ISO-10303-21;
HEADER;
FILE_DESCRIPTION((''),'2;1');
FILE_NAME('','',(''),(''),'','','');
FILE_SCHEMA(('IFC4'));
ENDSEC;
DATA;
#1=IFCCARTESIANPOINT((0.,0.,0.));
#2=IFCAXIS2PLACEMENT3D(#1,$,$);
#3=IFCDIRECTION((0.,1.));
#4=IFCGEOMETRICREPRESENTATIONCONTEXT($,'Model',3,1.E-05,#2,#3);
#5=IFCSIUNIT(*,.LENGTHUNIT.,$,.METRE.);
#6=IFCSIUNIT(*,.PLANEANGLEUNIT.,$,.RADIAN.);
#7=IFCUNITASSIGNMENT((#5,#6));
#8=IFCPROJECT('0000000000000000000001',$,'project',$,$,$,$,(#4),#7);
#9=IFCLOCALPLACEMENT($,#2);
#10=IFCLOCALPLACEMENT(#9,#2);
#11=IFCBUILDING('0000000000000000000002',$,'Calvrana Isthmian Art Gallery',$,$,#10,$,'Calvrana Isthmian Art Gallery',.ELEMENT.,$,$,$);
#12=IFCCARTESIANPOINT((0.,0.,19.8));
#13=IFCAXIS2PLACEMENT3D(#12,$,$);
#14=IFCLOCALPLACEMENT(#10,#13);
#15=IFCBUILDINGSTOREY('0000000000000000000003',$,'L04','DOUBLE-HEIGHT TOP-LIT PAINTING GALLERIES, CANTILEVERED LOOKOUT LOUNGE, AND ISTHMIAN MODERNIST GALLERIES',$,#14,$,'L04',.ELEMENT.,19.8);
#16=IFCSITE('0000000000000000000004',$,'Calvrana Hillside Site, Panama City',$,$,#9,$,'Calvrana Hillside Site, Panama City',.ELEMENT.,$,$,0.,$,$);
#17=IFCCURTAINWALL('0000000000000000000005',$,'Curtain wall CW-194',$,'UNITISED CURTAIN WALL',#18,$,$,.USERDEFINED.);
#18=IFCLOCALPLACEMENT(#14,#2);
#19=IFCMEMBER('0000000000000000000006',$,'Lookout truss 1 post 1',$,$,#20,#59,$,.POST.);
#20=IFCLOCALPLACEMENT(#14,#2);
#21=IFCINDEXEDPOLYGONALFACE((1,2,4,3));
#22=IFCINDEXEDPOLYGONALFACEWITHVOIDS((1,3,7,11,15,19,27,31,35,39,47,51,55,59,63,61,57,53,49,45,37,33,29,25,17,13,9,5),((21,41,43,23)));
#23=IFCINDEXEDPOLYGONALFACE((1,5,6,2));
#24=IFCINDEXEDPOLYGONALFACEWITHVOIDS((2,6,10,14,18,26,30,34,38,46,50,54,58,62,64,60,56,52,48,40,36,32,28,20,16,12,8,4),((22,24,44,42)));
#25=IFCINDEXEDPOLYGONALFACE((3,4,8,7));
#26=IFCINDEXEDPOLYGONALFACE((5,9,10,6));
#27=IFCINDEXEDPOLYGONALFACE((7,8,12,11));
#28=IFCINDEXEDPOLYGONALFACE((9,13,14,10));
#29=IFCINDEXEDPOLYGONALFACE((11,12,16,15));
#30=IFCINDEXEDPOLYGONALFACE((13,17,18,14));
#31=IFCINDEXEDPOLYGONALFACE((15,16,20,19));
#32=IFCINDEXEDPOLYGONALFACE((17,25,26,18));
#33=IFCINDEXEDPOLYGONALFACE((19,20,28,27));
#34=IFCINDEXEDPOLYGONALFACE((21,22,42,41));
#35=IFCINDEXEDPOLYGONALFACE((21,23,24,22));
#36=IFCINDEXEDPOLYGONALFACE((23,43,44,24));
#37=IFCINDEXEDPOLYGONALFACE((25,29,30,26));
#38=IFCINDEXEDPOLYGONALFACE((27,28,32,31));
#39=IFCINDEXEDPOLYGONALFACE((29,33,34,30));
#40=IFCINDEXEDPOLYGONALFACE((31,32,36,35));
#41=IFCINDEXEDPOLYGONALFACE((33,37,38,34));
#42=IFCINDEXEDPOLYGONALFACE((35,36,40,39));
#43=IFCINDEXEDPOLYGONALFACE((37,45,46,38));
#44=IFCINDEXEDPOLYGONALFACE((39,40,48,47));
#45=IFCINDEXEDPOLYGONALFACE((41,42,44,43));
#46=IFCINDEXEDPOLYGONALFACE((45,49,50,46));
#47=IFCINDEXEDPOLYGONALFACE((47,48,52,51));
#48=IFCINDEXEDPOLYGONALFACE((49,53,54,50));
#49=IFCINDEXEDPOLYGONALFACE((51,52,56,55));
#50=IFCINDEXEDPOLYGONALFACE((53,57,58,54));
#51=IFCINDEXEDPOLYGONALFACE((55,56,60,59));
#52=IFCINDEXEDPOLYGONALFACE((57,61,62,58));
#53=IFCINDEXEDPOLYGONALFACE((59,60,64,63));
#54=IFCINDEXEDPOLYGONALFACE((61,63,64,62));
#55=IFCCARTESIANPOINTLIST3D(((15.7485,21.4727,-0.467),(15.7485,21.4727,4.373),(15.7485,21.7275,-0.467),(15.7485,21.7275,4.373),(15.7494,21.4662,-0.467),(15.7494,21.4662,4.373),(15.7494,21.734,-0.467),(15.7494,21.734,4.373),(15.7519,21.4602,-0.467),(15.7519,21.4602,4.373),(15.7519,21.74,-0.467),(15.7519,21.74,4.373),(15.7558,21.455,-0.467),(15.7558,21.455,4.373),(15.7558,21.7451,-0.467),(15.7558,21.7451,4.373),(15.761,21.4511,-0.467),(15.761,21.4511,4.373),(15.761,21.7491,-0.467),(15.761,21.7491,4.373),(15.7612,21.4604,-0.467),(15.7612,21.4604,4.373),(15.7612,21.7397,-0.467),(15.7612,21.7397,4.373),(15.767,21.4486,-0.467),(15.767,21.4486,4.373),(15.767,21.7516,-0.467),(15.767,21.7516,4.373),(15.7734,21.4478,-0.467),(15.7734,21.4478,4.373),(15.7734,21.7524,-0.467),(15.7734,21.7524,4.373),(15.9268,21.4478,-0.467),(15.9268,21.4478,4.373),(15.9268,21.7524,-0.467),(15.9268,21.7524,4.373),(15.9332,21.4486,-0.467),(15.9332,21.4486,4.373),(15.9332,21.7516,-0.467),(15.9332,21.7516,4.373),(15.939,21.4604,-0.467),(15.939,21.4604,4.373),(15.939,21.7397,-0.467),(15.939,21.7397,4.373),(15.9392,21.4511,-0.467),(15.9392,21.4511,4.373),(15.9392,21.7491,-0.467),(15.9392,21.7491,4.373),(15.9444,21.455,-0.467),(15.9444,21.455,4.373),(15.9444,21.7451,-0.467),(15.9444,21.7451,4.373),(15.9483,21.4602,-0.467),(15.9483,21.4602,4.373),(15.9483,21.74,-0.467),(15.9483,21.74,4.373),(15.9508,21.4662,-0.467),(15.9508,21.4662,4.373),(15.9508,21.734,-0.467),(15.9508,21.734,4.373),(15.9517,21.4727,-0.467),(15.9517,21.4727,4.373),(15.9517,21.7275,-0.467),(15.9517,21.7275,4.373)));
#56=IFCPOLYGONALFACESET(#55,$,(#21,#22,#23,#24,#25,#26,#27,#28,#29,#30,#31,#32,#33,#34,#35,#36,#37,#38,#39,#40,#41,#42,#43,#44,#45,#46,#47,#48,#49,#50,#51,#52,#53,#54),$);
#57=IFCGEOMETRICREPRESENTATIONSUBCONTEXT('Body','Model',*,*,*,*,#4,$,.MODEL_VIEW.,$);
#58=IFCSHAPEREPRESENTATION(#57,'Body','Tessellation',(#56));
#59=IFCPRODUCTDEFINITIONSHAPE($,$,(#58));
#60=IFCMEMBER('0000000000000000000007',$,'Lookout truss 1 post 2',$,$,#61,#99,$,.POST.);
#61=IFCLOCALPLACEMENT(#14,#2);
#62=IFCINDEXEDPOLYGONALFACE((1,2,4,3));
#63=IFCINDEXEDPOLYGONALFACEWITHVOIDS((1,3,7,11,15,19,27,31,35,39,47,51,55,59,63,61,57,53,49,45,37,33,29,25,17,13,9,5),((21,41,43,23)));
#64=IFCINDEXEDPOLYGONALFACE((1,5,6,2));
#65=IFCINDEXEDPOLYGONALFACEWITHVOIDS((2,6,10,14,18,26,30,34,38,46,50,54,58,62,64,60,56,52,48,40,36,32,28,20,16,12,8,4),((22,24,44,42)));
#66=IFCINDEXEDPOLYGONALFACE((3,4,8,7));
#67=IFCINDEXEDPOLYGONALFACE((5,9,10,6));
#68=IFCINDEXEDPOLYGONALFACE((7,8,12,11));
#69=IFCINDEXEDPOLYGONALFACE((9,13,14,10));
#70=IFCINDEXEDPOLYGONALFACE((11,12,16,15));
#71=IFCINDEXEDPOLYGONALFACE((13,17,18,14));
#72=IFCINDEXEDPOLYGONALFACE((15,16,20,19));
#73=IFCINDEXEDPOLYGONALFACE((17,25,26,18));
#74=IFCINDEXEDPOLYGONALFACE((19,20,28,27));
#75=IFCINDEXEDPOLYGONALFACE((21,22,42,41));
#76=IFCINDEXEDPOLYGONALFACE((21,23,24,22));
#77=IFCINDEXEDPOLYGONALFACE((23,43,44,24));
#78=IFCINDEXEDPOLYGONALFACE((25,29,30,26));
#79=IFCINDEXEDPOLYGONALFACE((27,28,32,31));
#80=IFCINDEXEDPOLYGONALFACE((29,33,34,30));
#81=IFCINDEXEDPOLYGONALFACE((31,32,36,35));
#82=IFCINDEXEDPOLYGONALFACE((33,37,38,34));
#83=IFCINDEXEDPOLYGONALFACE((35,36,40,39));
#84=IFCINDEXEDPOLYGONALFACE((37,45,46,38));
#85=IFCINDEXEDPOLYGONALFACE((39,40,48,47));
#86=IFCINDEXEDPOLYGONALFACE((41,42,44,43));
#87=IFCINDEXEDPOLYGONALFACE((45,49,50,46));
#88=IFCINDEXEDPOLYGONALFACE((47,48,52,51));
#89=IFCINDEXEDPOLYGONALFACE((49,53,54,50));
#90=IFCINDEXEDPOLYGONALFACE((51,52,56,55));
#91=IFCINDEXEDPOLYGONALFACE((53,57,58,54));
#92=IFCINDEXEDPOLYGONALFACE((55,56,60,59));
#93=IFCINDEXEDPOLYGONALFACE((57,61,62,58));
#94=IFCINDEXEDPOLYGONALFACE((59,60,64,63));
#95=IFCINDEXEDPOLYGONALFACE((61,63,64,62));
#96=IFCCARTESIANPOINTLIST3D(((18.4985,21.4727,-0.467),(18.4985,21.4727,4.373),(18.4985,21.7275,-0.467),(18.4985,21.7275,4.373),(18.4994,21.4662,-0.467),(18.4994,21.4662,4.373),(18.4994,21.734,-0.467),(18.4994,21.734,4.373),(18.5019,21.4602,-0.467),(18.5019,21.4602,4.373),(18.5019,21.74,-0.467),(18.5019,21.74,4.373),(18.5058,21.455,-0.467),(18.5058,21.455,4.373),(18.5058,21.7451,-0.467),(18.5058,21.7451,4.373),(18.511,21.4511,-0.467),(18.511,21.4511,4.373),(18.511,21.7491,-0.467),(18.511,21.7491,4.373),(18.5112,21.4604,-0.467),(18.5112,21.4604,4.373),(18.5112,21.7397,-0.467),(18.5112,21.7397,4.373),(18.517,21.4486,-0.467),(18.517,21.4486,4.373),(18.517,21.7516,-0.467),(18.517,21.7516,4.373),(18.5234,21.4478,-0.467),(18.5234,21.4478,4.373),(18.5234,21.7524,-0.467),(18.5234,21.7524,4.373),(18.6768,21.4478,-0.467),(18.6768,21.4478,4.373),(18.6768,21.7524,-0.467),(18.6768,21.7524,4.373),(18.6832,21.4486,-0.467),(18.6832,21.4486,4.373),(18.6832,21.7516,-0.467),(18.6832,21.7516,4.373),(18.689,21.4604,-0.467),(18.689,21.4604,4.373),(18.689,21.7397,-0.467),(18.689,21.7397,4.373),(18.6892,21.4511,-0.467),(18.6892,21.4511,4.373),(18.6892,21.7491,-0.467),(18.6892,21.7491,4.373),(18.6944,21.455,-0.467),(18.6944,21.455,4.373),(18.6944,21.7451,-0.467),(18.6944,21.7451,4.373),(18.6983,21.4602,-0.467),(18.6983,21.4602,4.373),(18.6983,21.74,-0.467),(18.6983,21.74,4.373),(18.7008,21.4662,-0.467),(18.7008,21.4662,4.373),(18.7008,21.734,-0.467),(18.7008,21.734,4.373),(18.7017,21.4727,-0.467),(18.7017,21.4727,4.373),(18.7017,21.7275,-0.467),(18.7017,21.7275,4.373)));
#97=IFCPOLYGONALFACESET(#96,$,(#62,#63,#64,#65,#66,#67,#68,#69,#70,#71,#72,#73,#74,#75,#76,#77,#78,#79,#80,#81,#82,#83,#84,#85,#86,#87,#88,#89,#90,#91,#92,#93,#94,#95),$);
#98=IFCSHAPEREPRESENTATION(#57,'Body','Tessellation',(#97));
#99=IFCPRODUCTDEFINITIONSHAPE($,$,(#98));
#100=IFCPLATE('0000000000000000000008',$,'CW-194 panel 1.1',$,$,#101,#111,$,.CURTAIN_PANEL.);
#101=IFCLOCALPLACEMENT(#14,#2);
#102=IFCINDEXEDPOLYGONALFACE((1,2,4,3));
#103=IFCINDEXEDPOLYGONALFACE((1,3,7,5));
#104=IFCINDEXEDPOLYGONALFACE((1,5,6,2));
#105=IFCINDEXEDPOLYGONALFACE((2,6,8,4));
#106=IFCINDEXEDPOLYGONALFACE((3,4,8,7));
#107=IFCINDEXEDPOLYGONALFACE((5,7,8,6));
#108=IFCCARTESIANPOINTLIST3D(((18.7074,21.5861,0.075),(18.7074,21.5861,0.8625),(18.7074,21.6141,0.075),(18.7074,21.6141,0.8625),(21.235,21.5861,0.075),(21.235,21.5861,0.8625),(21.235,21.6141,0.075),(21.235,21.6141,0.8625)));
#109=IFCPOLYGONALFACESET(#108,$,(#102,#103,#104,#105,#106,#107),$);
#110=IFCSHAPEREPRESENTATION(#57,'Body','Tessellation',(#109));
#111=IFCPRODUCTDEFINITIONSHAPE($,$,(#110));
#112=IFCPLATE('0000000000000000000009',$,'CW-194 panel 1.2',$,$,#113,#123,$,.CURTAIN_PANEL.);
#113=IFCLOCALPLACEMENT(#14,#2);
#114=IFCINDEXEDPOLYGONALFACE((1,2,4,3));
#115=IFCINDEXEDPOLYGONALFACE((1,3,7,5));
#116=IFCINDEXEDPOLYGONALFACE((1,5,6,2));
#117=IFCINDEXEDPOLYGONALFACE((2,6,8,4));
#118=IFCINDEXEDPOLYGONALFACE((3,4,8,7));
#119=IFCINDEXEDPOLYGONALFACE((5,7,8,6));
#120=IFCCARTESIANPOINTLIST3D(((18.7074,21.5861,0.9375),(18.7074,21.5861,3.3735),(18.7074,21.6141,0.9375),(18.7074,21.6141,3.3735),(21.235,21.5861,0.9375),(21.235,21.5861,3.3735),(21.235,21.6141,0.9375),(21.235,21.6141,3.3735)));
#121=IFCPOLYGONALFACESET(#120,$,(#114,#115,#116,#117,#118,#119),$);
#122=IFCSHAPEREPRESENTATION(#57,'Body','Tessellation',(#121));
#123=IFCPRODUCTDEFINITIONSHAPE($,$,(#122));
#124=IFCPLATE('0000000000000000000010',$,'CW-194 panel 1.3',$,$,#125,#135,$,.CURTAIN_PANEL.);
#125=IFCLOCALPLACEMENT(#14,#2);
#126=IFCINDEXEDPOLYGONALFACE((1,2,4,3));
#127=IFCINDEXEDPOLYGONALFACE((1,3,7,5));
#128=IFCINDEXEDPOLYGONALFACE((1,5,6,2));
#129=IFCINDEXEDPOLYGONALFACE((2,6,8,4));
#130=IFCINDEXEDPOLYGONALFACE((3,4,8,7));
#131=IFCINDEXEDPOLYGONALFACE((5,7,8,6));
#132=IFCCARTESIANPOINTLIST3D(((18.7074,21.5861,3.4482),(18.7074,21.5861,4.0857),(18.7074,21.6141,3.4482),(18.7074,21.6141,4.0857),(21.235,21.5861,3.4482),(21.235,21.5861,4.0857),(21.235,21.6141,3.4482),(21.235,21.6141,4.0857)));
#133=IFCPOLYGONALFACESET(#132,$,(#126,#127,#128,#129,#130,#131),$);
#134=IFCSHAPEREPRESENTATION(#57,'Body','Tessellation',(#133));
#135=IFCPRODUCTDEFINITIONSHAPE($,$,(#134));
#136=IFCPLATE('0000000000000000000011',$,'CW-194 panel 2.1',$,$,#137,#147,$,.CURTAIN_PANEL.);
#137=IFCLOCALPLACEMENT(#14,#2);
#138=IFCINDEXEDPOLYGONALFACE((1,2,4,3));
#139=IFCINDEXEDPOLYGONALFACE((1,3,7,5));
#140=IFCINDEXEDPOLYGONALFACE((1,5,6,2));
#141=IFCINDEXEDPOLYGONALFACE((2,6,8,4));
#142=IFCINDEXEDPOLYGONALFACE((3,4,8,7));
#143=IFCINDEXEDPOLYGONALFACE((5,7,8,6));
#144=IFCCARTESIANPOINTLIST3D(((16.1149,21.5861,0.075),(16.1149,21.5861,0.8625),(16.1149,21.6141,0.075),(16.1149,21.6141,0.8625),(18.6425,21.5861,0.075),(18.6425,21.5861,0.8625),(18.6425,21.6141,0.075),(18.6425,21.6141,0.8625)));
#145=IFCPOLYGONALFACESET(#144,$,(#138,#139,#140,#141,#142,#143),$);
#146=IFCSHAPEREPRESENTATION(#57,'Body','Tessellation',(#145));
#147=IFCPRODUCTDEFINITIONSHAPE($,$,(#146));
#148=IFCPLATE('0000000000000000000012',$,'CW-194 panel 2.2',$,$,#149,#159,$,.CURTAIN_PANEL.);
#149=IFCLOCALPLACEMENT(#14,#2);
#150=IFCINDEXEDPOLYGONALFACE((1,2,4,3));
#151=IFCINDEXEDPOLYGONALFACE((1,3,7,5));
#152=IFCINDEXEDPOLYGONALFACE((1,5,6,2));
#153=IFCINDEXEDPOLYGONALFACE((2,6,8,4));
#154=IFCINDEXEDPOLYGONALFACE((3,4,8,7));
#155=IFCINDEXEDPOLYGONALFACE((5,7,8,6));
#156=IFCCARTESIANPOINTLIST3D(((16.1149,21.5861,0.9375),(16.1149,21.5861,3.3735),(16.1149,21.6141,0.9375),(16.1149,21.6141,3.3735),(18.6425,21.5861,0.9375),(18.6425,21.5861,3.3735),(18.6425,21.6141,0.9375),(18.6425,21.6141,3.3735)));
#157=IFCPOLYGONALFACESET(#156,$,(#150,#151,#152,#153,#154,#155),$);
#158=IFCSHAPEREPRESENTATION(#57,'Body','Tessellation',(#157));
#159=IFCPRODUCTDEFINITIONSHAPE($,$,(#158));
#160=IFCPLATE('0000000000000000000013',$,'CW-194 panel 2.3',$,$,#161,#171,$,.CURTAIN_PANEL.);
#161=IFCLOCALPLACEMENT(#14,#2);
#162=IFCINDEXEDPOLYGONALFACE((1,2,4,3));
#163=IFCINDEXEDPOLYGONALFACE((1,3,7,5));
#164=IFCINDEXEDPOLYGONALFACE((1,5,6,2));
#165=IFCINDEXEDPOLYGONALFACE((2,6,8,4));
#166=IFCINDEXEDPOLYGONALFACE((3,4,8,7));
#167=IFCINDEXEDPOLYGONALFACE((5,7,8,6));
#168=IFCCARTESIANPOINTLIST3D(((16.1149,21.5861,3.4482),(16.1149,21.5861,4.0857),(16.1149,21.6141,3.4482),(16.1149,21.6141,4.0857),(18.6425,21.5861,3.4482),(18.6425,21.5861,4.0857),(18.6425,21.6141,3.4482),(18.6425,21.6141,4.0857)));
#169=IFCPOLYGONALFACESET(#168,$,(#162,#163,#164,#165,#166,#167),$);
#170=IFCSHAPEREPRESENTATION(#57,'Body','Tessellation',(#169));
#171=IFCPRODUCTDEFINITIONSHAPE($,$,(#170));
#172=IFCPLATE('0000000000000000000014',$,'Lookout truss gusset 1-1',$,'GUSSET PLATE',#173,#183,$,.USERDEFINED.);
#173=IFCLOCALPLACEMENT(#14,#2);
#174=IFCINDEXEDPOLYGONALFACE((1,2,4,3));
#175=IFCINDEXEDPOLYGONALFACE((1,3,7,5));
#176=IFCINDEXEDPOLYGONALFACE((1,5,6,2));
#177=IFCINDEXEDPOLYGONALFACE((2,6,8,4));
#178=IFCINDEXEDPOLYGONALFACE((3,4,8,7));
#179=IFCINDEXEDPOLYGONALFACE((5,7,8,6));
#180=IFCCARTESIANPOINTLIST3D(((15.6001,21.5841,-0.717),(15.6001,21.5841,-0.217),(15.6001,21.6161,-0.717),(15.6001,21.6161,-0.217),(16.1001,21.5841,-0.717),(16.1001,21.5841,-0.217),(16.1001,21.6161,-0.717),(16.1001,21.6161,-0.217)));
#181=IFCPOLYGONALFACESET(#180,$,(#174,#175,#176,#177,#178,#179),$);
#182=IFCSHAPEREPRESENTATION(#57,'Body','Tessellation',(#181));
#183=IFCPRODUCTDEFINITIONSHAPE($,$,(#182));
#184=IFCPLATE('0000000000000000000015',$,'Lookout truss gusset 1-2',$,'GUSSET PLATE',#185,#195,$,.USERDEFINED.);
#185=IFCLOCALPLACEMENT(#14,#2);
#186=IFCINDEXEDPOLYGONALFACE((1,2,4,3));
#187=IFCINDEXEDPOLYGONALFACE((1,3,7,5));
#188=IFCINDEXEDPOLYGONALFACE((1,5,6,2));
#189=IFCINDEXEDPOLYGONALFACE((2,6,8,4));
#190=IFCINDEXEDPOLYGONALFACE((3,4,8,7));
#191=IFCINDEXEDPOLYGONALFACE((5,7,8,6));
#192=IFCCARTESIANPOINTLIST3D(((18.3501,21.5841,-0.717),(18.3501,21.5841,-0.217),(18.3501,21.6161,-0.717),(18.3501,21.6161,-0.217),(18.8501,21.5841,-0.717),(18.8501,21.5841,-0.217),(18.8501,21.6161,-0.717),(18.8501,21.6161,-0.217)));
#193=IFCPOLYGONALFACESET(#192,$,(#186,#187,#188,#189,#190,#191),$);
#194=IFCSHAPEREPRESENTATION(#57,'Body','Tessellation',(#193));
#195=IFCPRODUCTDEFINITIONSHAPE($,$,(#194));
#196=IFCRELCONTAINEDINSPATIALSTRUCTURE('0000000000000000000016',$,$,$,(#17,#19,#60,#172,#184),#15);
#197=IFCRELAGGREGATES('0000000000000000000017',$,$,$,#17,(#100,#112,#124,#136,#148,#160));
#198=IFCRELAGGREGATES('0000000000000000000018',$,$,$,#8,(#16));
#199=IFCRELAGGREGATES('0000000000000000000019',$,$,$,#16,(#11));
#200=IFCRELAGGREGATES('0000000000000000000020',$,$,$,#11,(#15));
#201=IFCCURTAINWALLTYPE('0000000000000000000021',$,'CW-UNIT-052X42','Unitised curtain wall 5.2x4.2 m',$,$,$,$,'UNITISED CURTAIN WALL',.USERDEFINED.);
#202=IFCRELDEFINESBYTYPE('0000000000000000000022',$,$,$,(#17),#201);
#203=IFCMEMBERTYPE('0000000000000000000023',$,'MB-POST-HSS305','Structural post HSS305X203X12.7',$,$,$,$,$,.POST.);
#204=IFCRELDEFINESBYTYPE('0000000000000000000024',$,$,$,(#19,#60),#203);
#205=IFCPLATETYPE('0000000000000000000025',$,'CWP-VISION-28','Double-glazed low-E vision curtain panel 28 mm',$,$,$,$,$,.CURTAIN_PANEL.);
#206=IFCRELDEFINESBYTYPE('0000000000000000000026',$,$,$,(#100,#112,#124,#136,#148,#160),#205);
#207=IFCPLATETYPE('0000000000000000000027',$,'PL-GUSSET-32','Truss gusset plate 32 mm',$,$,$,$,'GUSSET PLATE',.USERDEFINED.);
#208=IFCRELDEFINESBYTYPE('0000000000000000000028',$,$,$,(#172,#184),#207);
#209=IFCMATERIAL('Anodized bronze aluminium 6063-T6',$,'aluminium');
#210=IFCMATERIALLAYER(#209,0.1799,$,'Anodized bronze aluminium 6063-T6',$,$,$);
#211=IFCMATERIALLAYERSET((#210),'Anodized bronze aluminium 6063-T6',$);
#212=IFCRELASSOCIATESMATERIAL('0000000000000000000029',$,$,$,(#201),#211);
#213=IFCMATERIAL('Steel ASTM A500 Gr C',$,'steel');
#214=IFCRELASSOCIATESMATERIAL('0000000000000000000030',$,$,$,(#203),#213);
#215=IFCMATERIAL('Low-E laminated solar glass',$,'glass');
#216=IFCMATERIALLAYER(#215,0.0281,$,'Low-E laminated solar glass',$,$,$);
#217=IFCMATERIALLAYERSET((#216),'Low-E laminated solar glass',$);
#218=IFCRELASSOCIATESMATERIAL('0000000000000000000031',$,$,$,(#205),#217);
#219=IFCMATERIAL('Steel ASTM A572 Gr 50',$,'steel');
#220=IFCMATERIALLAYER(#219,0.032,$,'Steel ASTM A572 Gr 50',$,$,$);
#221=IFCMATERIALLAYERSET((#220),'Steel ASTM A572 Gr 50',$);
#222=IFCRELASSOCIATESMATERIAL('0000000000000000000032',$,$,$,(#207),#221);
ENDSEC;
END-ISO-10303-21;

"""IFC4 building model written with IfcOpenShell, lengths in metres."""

from ifc_helpers import new_model, si_unit, direction, frame, origin, origin_2d, place, context, subcontext, project, spatial, rectangle, hollow_rectangle, extrude, material, layer, layer_set, material_profile, profile_set, type_object, element, aggregate, save


model = new_model("IFC4")

# Units and contexts
model_context = context("Model", 3, precision=1e-05, world=origin(), true_north=direction((0.0, 1.0)))
body_context = subcontext(model_context, "Body", "Model", "MODEL_VIEW")
ifc_project = project(units=[si_unit("LENGTHUNIT", "METRE"), si_unit("PLANEANGLEUNIT", "RADIAN")], contexts=[model_context])

# Site, building, storey
site_placement = place(None, origin())
site = spatial("IfcSite", under=ifc_project, at=site_placement, Name="Calvrana Hillside Site, Panama City", LongName="Calvrana Hillside Site, Panama City", CompositionType="ELEMENT", RefElevation=0.0)
building_placement = place(site_placement, origin())
building = spatial("IfcBuilding", under=site, at=building_placement, Name="Calvrana Isthmian Art Gallery", LongName="Calvrana Isthmian Art Gallery", CompositionType="ELEMENT")
storey_placement = place(building_placement, frame((0.0, 0.0, 19.8)))
storey = spatial("IfcBuildingStorey", under=building, at=storey_placement, Name="L04", Description="DOUBLE-HEIGHT TOP-LIT PAINTING GALLERIES, CANTILEVERED LOOKOUT LOUNGE, AND ISTHMIAN MODERNIST GALLERIES", LongName="L04", CompositionType="ELEMENT", Elevation=19.8)

# Curtain wall
ifc_material_1 = material(Name="Anodized bronze aluminium 6063-T6", Category="aluminium")
ifc_layer_1 = layer(ifc_material_1, 0.1799, Name="Anodized bronze aluminium 6063-T6")
ifc_layer_set_1 = layer_set([ifc_layer_1], Name="Anodized bronze aluminium 6063-T6")
curtain_wall_type = type_object("IfcCurtainWallType", Name="CW-UNIT-052X42", Description="Unitised curtain wall 5.2x4.2 m", ElementType="UNITISED CURTAIN WALL", PredefinedType="USERDEFINED", material=ifc_layer_set_1)
curtain_wall_placement = place(storey_placement, origin())
curtain_wall = element("IfcCurtainWall", 1, at=curtain_wall_placement, inside=storey, type_object=curtain_wall_type, Name="Curtain wall CW-194", ObjectType="UNITISED CURTAIN WALL", PredefinedType="USERDEFINED")

# Members
ifc_material_2 = material(Name="Steel ASTM A500 Gr C", Category="steel")
ifc_material_profile_1 = material_profile(ifc_material_2, hollow_rectangle(XDim=0.2031, YDim=0.3047, WallThickness=0.0127, OuterFilletRadius=0.0249, at=origin_2d()), Name="HSS305X203X12.7")
ifc_profile_set_1 = profile_set([ifc_material_profile_1], Name="Steel ASTM A500 Gr C")
member_type_1 = type_object("IfcMemberType", Name="MB-POST-HSS305", Description="Structural post HSS305X203X12.7", PredefinedType="POST", material=ifc_profile_set_1)
for number, where, z_axis, x_axis, name in (
    (2, (15.8501, 21.6001, -0.467), (0.0, 0.0, 1.0), (1.0, 0.0, 0.0), "Lookout truss 1 post 1"),
    (3, (18.6001, 21.6001, -0.467), (0.0, 0.0, 1.0), (1.0, 0.0, 0.0), "Lookout truss 1 post 2"),
):
    element("IfcMember", number, at=place(storey_placement, frame(where, z_axis=z_axis, x_axis=x_axis)), inside=storey, type_object=member_type_1, Name=name, PredefinedType="POST", context=body_context, shape_type="SweptSolid", body=[
        extrude(hollow_rectangle(XDim=0.2031, YDim=0.3047, WallThickness=0.0127, OuterFilletRadius=0.0249, at=origin_2d()), origin(), (0.0, 0.0, 1.0), 4.8401),
    ])

# Plates
ifc_material_3 = material(Name="Low-E laminated solar glass", Category="glass")
ifc_layer_2 = layer(ifc_material_3, 0.0281, Name="Low-E laminated solar glass")
ifc_layer_set_2 = layer_set([ifc_layer_2], Name="Low-E laminated solar glass")
plate_type_1 = type_object("IfcPlateType", Name="CWP-VISION-28", Description="Double-glazed low-E vision curtain panel 28 mm", PredefinedType="CURTAIN_PANEL", material=ifc_layer_set_2)
plate_1_placement = place(storey_placement, frame((19.9712, 21.6001, 0.075), z_axis=(0.0, 0.0, 1.0), x_axis=(-1.0, 0.0, 0.0)))
plate_1 = element("IfcPlate", 4, at=plate_1_placement, type_object=plate_type_1, Name="CW-194 panel 1.1", PredefinedType="CURTAIN_PANEL", context=body_context, shape_type="SweptSolid", body=[
    extrude(rectangle(XDim=2.5276, YDim=0.0281, at=origin_2d()), origin(), (0.0, 0.0, 1.0), 0.7876),
])
plate_2_placement = place(storey_placement, frame((19.9712, 21.6001, 0.9375), z_axis=(0.0, 0.0, 1.0), x_axis=(-1.0, 0.0, 0.0)))
plate_2 = element("IfcPlate", 5, at=plate_2_placement, type_object=plate_type_1, Name="CW-194 panel 1.2", PredefinedType="CURTAIN_PANEL", context=body_context, shape_type="SweptSolid", body=[
    extrude(rectangle(XDim=2.5276, YDim=0.0281, at=origin_2d()), origin(), (0.0, 0.0, 1.0), 2.436),
])
plate_3_placement = place(storey_placement, frame((19.9712, 21.6001, 3.4482), z_axis=(0.0, 0.0, 1.0), x_axis=(-1.0, 0.0, 0.0)))
plate_3 = element("IfcPlate", 6, at=plate_3_placement, type_object=plate_type_1, Name="CW-194 panel 1.3", PredefinedType="CURTAIN_PANEL", context=body_context, shape_type="SweptSolid", body=[
    extrude(rectangle(XDim=2.5276, YDim=0.0281, at=origin_2d()), origin(), (0.0, 0.0, 1.0), 0.6375),
])
plate_4_placement = place(storey_placement, frame((17.3787, 21.6001, 0.075), z_axis=(0.0, 0.0, 1.0), x_axis=(-1.0, 0.0, 0.0)))
plate_4 = element("IfcPlate", 7, at=plate_4_placement, type_object=plate_type_1, Name="CW-194 panel 2.1", PredefinedType="CURTAIN_PANEL", context=body_context, shape_type="SweptSolid", body=[
    extrude(rectangle(XDim=2.5276, YDim=0.0281, at=origin_2d()), origin(), (0.0, 0.0, 1.0), 0.7876),
])
plate_5_placement = place(storey_placement, frame((17.3787, 21.6001, 0.9375), z_axis=(0.0, 0.0, 1.0), x_axis=(-1.0, 0.0, 0.0)))
plate_5 = element("IfcPlate", 8, at=plate_5_placement, type_object=plate_type_1, Name="CW-194 panel 2.2", PredefinedType="CURTAIN_PANEL", context=body_context, shape_type="SweptSolid", body=[
    extrude(rectangle(XDim=2.5276, YDim=0.0281, at=origin_2d()), origin(), (0.0, 0.0, 1.0), 2.436),
])
plate_6_placement = place(storey_placement, frame((17.3787, 21.6001, 3.4482), z_axis=(0.0, 0.0, 1.0), x_axis=(-1.0, 0.0, 0.0)))
plate_6 = element("IfcPlate", 9, at=plate_6_placement, type_object=plate_type_1, Name="CW-194 panel 2.3", PredefinedType="CURTAIN_PANEL", context=body_context, shape_type="SweptSolid", body=[
    extrude(rectangle(XDim=2.5276, YDim=0.0281, at=origin_2d()), origin(), (0.0, 0.0, 1.0), 0.6375),
])
aggregate(curtain_wall, [plate_1, plate_2, plate_3, plate_4, plate_5, plate_6])

# Plates
ifc_material_4 = material(Name="Steel ASTM A572 Gr 50", Category="steel")
ifc_layer_3 = layer(ifc_material_4, 0.032, Name="Steel ASTM A572 Gr 50")
ifc_layer_set_3 = layer_set([ifc_layer_3], Name="Steel ASTM A572 Gr 50")
plate_type_2 = type_object("IfcPlateType", Name="PL-GUSSET-32", Description="Truss gusset plate 32 mm", ElementType="GUSSET PLATE", PredefinedType="USERDEFINED", material=ifc_layer_set_3)
for number, where, z_axis, x_axis, name in (
    (10, (15.8501, 21.6001, -0.717), (0.0, 0.0, 1.0), (1.0, 0.0, 0.0), "Lookout truss gusset 1-1"),
    (11, (18.6001, 21.6001, -0.717), (0.0, 0.0, 1.0), (1.0, 0.0, 0.0), "Lookout truss gusset 1-2"),
):
    element("IfcPlate", number, at=place(storey_placement, frame(where, z_axis=z_axis, x_axis=x_axis)), inside=storey, type_object=plate_type_2, Name=name, ObjectType="GUSSET PLATE", PredefinedType="USERDEFINED", context=body_context, shape_type="SweptSolid", body=[
        extrude(rectangle(XDim=0.5, YDim=0.032, at=origin_2d()), origin(), (0.0, 0.0, 1.0), 0.5),
    ])

save(model, "model.ifc")
